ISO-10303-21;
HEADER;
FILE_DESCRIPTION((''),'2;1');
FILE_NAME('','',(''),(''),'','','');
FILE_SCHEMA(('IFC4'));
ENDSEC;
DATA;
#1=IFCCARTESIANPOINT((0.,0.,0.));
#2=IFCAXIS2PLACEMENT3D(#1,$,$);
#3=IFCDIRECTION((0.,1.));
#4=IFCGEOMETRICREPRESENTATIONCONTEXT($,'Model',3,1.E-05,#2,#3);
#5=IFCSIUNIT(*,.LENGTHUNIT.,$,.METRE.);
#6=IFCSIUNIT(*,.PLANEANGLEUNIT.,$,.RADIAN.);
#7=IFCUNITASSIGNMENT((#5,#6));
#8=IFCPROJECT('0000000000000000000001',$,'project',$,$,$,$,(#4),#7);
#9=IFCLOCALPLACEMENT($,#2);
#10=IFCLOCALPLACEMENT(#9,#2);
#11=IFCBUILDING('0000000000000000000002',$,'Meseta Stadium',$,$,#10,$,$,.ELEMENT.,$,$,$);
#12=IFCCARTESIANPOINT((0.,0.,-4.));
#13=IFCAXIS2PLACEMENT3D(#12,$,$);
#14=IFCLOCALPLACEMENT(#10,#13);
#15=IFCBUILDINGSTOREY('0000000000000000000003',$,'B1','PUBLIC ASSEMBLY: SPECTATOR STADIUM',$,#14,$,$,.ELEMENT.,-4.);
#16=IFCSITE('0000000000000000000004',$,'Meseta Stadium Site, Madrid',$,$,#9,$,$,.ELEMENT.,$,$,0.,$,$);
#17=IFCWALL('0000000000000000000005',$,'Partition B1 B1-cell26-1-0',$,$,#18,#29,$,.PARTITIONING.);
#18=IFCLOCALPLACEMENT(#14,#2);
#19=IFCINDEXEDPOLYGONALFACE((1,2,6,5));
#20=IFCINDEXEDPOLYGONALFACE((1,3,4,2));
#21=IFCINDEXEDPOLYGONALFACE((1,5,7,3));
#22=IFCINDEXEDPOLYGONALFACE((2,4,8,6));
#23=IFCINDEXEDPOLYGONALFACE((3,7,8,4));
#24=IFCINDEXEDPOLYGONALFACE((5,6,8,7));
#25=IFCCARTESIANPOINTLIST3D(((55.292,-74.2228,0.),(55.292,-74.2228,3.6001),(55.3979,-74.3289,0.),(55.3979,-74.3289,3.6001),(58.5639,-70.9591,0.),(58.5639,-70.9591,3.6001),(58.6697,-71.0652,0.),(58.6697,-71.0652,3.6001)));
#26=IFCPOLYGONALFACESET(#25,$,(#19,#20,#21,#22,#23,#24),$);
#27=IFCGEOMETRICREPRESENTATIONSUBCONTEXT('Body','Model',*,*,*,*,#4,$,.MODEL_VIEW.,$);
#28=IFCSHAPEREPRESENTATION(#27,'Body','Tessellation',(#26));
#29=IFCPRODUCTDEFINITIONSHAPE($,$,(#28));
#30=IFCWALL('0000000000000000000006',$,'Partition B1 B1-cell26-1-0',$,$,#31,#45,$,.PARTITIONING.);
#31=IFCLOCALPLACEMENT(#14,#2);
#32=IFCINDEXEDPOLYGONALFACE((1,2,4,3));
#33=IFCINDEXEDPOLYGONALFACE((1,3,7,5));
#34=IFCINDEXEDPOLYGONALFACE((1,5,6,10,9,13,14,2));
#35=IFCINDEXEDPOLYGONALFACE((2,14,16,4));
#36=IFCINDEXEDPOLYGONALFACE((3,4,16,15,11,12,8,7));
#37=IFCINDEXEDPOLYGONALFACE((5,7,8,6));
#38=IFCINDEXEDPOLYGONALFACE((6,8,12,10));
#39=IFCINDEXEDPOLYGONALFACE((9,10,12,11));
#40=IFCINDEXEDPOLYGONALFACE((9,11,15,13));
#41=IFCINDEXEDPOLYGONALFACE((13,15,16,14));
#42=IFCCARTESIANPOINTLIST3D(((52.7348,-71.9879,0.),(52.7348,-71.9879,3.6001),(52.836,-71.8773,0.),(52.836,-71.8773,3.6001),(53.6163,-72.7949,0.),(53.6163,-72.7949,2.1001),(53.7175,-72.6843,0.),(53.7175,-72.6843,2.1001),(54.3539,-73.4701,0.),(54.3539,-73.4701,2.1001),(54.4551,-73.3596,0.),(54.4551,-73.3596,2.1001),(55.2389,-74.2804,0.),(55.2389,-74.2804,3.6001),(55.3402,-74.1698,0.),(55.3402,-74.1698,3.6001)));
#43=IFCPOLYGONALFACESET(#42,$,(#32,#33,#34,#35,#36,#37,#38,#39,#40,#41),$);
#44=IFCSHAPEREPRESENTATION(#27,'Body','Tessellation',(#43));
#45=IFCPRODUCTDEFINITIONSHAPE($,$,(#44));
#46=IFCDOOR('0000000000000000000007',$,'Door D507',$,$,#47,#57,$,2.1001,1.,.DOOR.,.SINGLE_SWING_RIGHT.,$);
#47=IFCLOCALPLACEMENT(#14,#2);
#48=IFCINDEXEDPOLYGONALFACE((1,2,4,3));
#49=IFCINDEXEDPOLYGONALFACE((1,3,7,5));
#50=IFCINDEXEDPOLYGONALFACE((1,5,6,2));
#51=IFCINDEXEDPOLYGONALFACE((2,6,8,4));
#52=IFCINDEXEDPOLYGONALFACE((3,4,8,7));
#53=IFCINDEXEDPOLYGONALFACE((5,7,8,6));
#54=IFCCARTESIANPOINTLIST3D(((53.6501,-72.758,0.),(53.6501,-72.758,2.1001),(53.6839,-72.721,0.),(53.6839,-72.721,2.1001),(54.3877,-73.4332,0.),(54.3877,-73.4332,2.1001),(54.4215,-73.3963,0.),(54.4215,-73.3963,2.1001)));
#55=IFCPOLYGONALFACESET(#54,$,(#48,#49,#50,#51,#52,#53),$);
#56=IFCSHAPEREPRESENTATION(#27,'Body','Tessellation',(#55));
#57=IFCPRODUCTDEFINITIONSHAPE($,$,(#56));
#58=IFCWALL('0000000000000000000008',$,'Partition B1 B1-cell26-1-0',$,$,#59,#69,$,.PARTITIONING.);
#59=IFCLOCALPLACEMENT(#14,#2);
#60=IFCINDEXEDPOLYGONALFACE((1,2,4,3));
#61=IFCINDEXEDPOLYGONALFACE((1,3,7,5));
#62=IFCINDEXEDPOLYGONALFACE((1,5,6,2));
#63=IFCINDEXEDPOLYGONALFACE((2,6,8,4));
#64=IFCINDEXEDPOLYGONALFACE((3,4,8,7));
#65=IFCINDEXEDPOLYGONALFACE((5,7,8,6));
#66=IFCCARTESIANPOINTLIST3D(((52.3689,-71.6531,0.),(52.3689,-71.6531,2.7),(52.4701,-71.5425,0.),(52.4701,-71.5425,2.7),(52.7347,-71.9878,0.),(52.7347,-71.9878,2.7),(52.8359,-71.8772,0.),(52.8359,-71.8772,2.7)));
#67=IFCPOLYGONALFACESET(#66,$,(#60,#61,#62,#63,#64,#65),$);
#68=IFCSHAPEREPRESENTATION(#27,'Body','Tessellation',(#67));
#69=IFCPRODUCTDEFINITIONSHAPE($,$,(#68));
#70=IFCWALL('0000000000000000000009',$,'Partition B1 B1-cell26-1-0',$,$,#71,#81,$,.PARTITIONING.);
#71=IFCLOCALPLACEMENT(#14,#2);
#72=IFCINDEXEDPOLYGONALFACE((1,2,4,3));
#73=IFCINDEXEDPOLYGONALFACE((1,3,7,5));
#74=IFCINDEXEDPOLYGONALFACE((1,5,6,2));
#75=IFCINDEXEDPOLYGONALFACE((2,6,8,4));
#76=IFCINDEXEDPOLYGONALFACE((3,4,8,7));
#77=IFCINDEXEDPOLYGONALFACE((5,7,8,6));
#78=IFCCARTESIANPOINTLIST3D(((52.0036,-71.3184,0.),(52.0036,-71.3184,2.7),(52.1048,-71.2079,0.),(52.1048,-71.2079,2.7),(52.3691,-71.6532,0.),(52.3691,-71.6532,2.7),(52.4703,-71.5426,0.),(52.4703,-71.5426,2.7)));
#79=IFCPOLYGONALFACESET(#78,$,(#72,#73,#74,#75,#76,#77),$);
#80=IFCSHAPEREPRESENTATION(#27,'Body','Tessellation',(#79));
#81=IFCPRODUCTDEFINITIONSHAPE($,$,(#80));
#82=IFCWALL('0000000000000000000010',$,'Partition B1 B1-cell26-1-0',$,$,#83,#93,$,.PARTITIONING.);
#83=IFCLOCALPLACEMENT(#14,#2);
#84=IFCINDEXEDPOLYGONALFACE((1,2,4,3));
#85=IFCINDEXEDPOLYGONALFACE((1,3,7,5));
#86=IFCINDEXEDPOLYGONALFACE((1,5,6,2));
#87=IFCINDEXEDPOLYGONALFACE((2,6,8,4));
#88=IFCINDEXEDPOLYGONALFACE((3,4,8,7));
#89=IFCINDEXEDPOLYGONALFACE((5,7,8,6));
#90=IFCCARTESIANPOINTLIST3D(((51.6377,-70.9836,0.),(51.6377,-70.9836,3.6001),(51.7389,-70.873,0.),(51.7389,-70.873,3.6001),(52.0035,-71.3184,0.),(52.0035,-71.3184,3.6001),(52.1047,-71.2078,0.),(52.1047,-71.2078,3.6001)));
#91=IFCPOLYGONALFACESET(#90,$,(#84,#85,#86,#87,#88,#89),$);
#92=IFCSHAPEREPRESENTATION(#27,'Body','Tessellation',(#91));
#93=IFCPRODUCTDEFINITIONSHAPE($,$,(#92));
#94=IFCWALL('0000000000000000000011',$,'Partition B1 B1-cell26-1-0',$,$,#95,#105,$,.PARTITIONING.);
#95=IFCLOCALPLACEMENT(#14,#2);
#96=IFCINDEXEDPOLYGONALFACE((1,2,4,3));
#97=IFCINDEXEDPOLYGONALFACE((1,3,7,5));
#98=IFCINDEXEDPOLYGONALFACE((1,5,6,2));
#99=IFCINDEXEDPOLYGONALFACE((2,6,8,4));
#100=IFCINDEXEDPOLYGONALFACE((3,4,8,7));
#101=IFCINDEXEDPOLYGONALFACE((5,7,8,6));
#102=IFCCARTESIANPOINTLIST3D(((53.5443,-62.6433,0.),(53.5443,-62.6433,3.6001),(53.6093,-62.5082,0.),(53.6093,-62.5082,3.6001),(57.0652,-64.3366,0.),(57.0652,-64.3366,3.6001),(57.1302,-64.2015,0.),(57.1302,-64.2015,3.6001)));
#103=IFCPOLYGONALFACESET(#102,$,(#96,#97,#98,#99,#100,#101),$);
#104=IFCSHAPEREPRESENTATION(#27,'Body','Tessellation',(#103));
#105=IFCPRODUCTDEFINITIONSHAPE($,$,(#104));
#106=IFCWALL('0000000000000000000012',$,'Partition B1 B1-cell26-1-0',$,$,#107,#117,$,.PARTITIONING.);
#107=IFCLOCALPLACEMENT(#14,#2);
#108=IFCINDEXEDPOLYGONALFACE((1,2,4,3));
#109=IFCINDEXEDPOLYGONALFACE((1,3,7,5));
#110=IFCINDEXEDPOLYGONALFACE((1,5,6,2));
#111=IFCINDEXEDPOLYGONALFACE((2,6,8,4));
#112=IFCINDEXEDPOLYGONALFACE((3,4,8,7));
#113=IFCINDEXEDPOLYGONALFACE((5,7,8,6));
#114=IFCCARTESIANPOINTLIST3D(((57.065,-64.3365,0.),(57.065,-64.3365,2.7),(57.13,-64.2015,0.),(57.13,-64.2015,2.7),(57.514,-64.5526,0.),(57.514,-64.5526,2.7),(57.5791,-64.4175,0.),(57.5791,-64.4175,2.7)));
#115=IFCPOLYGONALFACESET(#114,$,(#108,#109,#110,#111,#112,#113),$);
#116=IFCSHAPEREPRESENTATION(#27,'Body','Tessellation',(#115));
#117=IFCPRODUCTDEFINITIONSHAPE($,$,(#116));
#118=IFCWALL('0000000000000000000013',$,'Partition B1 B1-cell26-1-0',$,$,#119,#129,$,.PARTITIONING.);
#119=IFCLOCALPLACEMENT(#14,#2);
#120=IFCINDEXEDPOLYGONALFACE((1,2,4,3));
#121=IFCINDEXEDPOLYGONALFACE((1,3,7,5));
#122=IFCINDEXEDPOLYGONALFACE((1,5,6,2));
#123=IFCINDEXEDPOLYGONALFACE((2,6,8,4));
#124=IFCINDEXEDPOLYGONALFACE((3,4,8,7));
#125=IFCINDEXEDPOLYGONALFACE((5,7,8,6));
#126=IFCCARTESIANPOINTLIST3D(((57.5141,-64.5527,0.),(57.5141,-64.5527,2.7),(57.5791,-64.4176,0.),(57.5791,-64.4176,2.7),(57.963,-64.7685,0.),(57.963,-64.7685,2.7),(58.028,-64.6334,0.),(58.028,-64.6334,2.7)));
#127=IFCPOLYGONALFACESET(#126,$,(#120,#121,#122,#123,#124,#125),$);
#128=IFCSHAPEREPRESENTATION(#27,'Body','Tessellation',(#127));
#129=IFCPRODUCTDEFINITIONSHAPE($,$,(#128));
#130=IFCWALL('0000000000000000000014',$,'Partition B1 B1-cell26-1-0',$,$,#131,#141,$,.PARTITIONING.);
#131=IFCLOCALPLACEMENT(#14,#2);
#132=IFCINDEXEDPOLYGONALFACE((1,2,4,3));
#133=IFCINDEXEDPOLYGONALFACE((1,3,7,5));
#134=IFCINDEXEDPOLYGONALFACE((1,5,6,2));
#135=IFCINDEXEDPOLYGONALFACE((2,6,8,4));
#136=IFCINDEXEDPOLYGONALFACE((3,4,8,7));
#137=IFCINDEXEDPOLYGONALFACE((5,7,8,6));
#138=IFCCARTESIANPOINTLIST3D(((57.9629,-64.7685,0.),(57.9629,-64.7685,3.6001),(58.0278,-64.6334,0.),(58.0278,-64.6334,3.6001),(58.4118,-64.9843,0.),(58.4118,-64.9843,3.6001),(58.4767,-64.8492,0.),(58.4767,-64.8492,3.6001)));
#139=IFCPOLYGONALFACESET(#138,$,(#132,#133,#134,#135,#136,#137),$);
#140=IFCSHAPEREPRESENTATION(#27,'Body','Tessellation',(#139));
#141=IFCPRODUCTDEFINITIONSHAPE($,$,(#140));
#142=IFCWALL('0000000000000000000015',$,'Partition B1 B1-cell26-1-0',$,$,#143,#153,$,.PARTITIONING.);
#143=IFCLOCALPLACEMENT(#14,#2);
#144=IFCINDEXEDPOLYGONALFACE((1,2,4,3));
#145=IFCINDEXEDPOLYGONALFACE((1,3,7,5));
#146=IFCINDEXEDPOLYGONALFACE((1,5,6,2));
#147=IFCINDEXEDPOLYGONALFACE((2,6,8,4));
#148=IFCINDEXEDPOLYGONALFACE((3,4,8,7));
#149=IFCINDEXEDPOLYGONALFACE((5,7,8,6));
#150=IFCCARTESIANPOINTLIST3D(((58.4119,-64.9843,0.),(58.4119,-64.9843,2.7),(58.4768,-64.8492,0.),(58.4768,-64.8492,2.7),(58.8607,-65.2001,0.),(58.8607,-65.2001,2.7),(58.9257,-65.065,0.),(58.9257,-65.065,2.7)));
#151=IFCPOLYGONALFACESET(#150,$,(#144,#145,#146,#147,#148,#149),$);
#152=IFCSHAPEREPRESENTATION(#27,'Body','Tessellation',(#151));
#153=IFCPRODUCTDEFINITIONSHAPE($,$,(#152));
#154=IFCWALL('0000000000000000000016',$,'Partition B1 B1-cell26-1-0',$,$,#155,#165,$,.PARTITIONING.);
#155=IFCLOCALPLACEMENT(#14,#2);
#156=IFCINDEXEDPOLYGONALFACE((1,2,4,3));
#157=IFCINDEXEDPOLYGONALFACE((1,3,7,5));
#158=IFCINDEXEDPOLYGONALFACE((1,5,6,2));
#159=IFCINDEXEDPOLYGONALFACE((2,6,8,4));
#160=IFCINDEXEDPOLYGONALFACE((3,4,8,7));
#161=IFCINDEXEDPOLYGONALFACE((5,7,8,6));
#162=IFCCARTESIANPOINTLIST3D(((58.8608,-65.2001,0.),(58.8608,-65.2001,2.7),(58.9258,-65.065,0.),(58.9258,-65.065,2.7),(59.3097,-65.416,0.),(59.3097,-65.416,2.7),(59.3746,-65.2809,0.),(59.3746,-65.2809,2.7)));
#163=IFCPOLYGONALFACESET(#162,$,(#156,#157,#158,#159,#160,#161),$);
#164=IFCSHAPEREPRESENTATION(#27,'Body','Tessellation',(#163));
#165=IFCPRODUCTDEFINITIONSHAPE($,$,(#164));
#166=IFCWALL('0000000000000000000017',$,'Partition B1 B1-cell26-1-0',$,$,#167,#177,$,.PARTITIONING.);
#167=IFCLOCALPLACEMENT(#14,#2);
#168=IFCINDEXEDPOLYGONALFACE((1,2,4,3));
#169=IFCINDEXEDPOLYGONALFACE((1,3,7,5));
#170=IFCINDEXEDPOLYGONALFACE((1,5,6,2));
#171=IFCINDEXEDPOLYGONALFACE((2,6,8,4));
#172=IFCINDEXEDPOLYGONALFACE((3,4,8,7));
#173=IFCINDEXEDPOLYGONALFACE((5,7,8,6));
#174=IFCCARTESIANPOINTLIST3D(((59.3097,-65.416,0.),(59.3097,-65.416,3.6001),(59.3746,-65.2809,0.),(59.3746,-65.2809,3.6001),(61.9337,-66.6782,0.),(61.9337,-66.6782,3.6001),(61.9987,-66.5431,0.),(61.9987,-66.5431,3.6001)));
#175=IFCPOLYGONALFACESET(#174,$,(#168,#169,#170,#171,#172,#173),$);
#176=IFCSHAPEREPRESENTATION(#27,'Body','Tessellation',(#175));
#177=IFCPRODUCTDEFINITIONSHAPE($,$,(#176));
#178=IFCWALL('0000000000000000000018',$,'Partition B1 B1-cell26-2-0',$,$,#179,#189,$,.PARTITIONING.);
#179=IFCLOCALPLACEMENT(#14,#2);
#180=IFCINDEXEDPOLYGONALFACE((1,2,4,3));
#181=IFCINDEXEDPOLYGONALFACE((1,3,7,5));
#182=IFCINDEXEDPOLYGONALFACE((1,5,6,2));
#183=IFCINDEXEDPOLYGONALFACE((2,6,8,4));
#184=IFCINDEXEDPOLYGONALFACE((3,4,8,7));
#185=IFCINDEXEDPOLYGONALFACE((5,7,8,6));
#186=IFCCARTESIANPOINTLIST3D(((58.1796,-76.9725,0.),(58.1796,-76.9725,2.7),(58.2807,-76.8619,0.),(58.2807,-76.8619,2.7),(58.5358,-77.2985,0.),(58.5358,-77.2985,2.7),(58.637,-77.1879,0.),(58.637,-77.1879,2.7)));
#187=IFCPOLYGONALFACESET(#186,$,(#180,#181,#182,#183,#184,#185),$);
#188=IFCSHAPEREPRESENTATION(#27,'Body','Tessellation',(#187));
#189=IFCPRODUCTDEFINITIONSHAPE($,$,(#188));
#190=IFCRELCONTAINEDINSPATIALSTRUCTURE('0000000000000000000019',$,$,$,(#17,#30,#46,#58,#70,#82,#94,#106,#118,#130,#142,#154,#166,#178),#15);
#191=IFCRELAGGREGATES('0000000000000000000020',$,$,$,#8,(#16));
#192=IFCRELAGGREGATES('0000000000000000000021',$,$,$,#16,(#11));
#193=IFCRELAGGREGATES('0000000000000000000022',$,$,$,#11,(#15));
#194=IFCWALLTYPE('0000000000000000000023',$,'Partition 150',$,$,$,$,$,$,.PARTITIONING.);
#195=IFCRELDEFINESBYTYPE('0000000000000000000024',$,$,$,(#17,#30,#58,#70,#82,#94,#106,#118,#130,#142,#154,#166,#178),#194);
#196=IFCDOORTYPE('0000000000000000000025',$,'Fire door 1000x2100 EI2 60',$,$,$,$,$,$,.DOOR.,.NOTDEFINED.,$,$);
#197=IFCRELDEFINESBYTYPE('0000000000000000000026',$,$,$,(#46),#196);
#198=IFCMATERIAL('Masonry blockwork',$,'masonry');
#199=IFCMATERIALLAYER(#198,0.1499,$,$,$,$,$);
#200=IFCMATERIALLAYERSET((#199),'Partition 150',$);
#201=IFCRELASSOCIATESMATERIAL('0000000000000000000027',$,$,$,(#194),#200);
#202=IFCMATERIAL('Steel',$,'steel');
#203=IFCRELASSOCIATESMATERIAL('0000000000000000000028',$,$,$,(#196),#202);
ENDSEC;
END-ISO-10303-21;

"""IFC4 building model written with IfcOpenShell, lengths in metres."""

from ifc_helpers import new_model, si_unit, direction, frame, frame_2d, origin, place, context, subcontext, project, spatial, rectangle, extrude, material, layer, layer_set, type_object, element, fill, save


model = new_model("IFC4")

# Units and contexts
model_context = context("Model", 3, precision=1e-05, world=origin(), true_north=direction((0.0, 1.0)))
body_context = subcontext(model_context, "Body", "Model", "MODEL_VIEW")
ifc_project = project(units=[si_unit("LENGTHUNIT", "METRE"), si_unit("PLANEANGLEUNIT", "RADIAN")], contexts=[model_context])

# Site, building, storey
site_placement = place(None, origin())
site = spatial("IfcSite", under=ifc_project, at=site_placement, Name="Meseta Stadium Site, Madrid", CompositionType="ELEMENT", RefElevation=0.0)
building_placement = place(site_placement, origin())
building = spatial("IfcBuilding", under=site, at=building_placement, Name="Meseta Stadium", CompositionType="ELEMENT")
storey_placement = place(building_placement, frame((0.0, 0.0, -4.0)))
storey = spatial("IfcBuildingStorey", under=building, at=storey_placement, Name="B1", Description="PUBLIC ASSEMBLY: SPECTATOR STADIUM", CompositionType="ELEMENT", Elevation=-4.0)

# Wall
ifc_material_1 = material(Name="Masonry blockwork", Category="masonry")
ifc_layer = layer(ifc_material_1, 0.1499)
ifc_layer_set = layer_set([ifc_layer], Name="Partition 150")
wall_type = type_object("IfcWallType", Name="Partition 150", PredefinedType="PARTITIONING", material=ifc_layer_set)
wall_1_placement = place(storey_placement, frame((58.6167, -71.0122, 0.0), z_axis=(0.0, 0.0, 1.0), x_axis=(-0.707978, -0.706235, 0.0)))
element("IfcWall", 1, at=wall_1_placement, inside=storey, type_object=wall_type, Name="Partition B1 B1-cell26-1-0", PredefinedType="PARTITIONING", context=body_context, shape_type="SweptSolid", body=[
    extrude(rectangle(XDim=4.6213, YDim=0.1499, at=frame_2d((2.3105, 0.0))), origin(), (0.0, 0.0, 1.0), 3.6001),
])

# Wall, opening, door
wall_2_placement = place(storey_placement, frame((55.2896, -74.2251, 0.0), z_axis=(0.0, 0.0, 1.0), x_axis=(-0.737593, 0.675246, 0.0)))
wall_2 = element("IfcWall", 2, at=wall_2_placement, inside=storey, type_object=wall_type, Name="Partition B1 B1-cell26-1-0", PredefinedType="PARTITIONING", context=body_context, shape_type="SweptSolid", body=[
    extrude(rectangle(XDim=3.395, YDim=0.1499, at=frame_2d((1.6975, 0.0))), origin(), (0.0, 0.0, 1.0), 3.6001),
])
opening_placement = place(wall_2_placement, frame((1.2, 0.0, 0.0)))
opening = element("IfcOpeningElement", 3, at=opening_placement, cuts=wall_2, PredefinedType="OPENING", context=body_context, shape_type="SweptSolid", body=[
    extrude(rectangle(XDim=1.0, YDim=2.1001, at=frame_2d((0.5, 1.05))), frame((0.0, 0.085, 0.0), z_axis=(0.0, -1.0, 0.0), x_axis=(1.0, 0.0, 0.0)), (0.0, 0.0, 1.0), 0.1699),
])
ifc_material_2 = material(Name="Steel", Category="steel")
door_type = type_object("IfcDoorType", Name="Fire door 1000x2100 EI2 60", OperationType="NOTDEFINED", PredefinedType="DOOR", material=ifc_material_2)
door_placement = place(opening_placement, origin())
door = element("IfcDoor", 4, at=door_placement, inside=storey, type_object=door_type, Name="Door D507", OperationType="SINGLE_SWING_RIGHT", OverallHeight=2.1001, OverallWidth=1.0, PredefinedType="DOOR", context=body_context, shape_type="SweptSolid", body=[
    extrude(rectangle(XDim=1.0, YDim=2.1001, at=frame_2d((0.5, 1.05))), frame((0.0, 0.0249, 0.0), z_axis=(0.0, -1.0, 0.0), x_axis=(1.0, 0.0, 0.0)), (0.0, 0.0, 1.0), 0.05),
])
fill(opening, door)

# Walls
wall_3_placement = place(storey_placement, frame((52.7854, -71.9326, 0.0), z_axis=(0.0, 0.0, 1.0), x_axis=(-0.737685, 0.675145, 0.0)))
element("IfcWall", 5, at=wall_3_placement, inside=storey, type_object=wall_type, Name="Partition B1 B1-cell26-1-0", PredefinedType="PARTITIONING", context=body_context, shape_type="SweptSolid", body=[
    extrude(rectangle(XDim=0.4958, YDim=0.1499, at=frame_2d((0.248, 0.0))), origin(), (0.0, 0.0, 1.0), 2.7),
])
wall_4_placement = place(storey_placement, frame((52.4197, -71.5979, 0.0), z_axis=(0.0, 0.0, 1.0), x_axis=(-0.737461, 0.67539, 0.0)))
element("IfcWall", 6, at=wall_4_placement, inside=storey, type_object=wall_type, Name="Partition B1 B1-cell26-1-0", PredefinedType="PARTITIONING", context=body_context, shape_type="SweptSolid", body=[
    extrude(rectangle(XDim=0.4956, YDim=0.1499, at=frame_2d((0.2478, 0.0))), origin(), (0.0, 0.0, 1.0), 2.7),
])
wall_5_placement = place(storey_placement, frame((52.0542, -71.2632, 0.0), z_axis=(0.0, 0.0, 1.0), x_axis=(-0.737685, 0.675145, 0.0)))
element("IfcWall", 7, at=wall_5_placement, inside=storey, type_object=wall_type, Name="Partition B1 B1-cell26-1-0", PredefinedType="PARTITIONING", context=body_context, shape_type="SweptSolid", body=[
    extrude(rectangle(XDim=0.4958, YDim=0.1499, at=frame_2d((0.248, 0.0))), origin(), (0.0, 0.0, 1.0), 3.6001),
])
wall_6_placement = place(storey_placement, frame((53.5767, -62.5757, 0.0), z_axis=(0.0, 0.0, 1.0), x_axis=(0.901195, -0.433414, 0.0)))
element("IfcWall", 8, at=wall_6_placement, inside=storey, type_object=wall_type, Name="Partition B1 B1-cell26-1-0", PredefinedType="PARTITIONING", context=body_context, shape_type="SweptSolid", body=[
    extrude(rectangle(XDim=3.907, YDim=0.1499, at=frame_2d((1.9536, 0.0))), origin(), (0.0, 0.0, 1.0), 3.6001),
])
wall_7_placement = place(storey_placement, frame((57.0977, -64.269, 0.0), z_axis=(0.0, 0.0, 1.0), x_axis=(0.901087, -0.433639, 0.0)))
element("IfcWall", 9, at=wall_7_placement, inside=storey, type_object=wall_type, Name="Partition B1 B1-cell26-1-0", PredefinedType="PARTITIONING", context=body_context, shape_type="SweptSolid", body=[
    extrude(rectangle(XDim=0.4983, YDim=0.1499, at=frame_2d((0.249, 0.0))), origin(), (0.0, 0.0, 1.0), 2.7),
])
wall_8_placement = place(storey_placement, frame((57.5466, -64.4851, 0.0), z_axis=(0.0, 0.0, 1.0), x_axis=(0.901186, -0.433432, 0.0)))
element("IfcWall", 10, at=wall_8_placement, inside=storey, type_object=wall_type, Name="Partition B1 B1-cell26-1-0", PredefinedType="PARTITIONING", context=body_context, shape_type="SweptSolid", body=[
    extrude(rectangle(XDim=0.498, YDim=0.1499, at=frame_2d((0.249, 0.0))), origin(), (0.0, 0.0, 1.0), 2.7),
])
wall_9_placement = place(storey_placement, frame((57.9954, -64.7009, 0.0), z_axis=(0.0, 0.0, 1.0), x_axis=(0.901278, -0.433241, 0.0)))
element("IfcWall", 11, at=wall_9_placement, inside=storey, type_object=wall_type, Name="Partition B1 B1-cell26-1-0", PredefinedType="PARTITIONING", context=body_context, shape_type="SweptSolid", body=[
    extrude(rectangle(XDim=0.498, YDim=0.1499, at=frame_2d((0.249, 0.0))), origin(), (0.0, 0.0, 1.0), 3.6001),
])
for number, where, z_axis, x_axis, name in (
    (12, (58.4443, -64.9167, 0.0), (0.0, 0.0, 1.0), (0.901278, -0.433241, 0.0), "Partition B1 B1-cell26-1-0"),
    (13, (58.8933, -65.1326, 0.0), (0.0, 0.0, 1.0), (0.901186, -0.433432, 0.0), "Partition B1 B1-cell26-1-0"),
):
    element("IfcWall", number, at=place(storey_placement, frame(where, z_axis=z_axis, x_axis=x_axis)), inside=storey, type_object=wall_type, Name=name, PredefinedType="PARTITIONING", context=body_context, shape_type="SweptSolid", body=[
        extrude(rectangle(XDim=0.498, YDim=0.1499, at=frame_2d((0.249, 0.0))), origin(), (0.0, 0.0, 1.0), 2.7),
    ])
wall_10_placement = place(storey_placement, frame((59.342, -65.3484, 0.0), z_axis=(0.0, 0.0, 1.0), x_axis=(0.901164, -0.433478, 0.0)))
element("IfcWall", 14, at=wall_10_placement, inside=storey, type_object=wall_type, Name="Partition B1 B1-cell26-1-0", PredefinedType="PARTITIONING", context=body_context, shape_type="SweptSolid", body=[
    extrude(rectangle(XDim=2.9119, YDim=0.1499, at=frame_2d((1.4561, 0.0))), origin(), (0.0, 0.0, 1.0), 3.6001),
])
wall_11_placement = place(storey_placement, frame((58.5864, -77.2432, 0.0), z_axis=(0.0, 0.0, 1.0), x_axis=(-0.737763, 0.67506, 0.0)))
element("IfcWall", 15, at=wall_11_placement, inside=storey, type_object=wall_type, Name="Partition B1 B1-cell26-2-0", PredefinedType="PARTITIONING", context=body_context, shape_type="SweptSolid", body=[
    extrude(rectangle(XDim=0.4829, YDim=0.1499, at=frame_2d((0.2415, 0.0))), origin(), (0.0, 0.0, 1.0), 2.7),
])

save(model, "model.ifc")
